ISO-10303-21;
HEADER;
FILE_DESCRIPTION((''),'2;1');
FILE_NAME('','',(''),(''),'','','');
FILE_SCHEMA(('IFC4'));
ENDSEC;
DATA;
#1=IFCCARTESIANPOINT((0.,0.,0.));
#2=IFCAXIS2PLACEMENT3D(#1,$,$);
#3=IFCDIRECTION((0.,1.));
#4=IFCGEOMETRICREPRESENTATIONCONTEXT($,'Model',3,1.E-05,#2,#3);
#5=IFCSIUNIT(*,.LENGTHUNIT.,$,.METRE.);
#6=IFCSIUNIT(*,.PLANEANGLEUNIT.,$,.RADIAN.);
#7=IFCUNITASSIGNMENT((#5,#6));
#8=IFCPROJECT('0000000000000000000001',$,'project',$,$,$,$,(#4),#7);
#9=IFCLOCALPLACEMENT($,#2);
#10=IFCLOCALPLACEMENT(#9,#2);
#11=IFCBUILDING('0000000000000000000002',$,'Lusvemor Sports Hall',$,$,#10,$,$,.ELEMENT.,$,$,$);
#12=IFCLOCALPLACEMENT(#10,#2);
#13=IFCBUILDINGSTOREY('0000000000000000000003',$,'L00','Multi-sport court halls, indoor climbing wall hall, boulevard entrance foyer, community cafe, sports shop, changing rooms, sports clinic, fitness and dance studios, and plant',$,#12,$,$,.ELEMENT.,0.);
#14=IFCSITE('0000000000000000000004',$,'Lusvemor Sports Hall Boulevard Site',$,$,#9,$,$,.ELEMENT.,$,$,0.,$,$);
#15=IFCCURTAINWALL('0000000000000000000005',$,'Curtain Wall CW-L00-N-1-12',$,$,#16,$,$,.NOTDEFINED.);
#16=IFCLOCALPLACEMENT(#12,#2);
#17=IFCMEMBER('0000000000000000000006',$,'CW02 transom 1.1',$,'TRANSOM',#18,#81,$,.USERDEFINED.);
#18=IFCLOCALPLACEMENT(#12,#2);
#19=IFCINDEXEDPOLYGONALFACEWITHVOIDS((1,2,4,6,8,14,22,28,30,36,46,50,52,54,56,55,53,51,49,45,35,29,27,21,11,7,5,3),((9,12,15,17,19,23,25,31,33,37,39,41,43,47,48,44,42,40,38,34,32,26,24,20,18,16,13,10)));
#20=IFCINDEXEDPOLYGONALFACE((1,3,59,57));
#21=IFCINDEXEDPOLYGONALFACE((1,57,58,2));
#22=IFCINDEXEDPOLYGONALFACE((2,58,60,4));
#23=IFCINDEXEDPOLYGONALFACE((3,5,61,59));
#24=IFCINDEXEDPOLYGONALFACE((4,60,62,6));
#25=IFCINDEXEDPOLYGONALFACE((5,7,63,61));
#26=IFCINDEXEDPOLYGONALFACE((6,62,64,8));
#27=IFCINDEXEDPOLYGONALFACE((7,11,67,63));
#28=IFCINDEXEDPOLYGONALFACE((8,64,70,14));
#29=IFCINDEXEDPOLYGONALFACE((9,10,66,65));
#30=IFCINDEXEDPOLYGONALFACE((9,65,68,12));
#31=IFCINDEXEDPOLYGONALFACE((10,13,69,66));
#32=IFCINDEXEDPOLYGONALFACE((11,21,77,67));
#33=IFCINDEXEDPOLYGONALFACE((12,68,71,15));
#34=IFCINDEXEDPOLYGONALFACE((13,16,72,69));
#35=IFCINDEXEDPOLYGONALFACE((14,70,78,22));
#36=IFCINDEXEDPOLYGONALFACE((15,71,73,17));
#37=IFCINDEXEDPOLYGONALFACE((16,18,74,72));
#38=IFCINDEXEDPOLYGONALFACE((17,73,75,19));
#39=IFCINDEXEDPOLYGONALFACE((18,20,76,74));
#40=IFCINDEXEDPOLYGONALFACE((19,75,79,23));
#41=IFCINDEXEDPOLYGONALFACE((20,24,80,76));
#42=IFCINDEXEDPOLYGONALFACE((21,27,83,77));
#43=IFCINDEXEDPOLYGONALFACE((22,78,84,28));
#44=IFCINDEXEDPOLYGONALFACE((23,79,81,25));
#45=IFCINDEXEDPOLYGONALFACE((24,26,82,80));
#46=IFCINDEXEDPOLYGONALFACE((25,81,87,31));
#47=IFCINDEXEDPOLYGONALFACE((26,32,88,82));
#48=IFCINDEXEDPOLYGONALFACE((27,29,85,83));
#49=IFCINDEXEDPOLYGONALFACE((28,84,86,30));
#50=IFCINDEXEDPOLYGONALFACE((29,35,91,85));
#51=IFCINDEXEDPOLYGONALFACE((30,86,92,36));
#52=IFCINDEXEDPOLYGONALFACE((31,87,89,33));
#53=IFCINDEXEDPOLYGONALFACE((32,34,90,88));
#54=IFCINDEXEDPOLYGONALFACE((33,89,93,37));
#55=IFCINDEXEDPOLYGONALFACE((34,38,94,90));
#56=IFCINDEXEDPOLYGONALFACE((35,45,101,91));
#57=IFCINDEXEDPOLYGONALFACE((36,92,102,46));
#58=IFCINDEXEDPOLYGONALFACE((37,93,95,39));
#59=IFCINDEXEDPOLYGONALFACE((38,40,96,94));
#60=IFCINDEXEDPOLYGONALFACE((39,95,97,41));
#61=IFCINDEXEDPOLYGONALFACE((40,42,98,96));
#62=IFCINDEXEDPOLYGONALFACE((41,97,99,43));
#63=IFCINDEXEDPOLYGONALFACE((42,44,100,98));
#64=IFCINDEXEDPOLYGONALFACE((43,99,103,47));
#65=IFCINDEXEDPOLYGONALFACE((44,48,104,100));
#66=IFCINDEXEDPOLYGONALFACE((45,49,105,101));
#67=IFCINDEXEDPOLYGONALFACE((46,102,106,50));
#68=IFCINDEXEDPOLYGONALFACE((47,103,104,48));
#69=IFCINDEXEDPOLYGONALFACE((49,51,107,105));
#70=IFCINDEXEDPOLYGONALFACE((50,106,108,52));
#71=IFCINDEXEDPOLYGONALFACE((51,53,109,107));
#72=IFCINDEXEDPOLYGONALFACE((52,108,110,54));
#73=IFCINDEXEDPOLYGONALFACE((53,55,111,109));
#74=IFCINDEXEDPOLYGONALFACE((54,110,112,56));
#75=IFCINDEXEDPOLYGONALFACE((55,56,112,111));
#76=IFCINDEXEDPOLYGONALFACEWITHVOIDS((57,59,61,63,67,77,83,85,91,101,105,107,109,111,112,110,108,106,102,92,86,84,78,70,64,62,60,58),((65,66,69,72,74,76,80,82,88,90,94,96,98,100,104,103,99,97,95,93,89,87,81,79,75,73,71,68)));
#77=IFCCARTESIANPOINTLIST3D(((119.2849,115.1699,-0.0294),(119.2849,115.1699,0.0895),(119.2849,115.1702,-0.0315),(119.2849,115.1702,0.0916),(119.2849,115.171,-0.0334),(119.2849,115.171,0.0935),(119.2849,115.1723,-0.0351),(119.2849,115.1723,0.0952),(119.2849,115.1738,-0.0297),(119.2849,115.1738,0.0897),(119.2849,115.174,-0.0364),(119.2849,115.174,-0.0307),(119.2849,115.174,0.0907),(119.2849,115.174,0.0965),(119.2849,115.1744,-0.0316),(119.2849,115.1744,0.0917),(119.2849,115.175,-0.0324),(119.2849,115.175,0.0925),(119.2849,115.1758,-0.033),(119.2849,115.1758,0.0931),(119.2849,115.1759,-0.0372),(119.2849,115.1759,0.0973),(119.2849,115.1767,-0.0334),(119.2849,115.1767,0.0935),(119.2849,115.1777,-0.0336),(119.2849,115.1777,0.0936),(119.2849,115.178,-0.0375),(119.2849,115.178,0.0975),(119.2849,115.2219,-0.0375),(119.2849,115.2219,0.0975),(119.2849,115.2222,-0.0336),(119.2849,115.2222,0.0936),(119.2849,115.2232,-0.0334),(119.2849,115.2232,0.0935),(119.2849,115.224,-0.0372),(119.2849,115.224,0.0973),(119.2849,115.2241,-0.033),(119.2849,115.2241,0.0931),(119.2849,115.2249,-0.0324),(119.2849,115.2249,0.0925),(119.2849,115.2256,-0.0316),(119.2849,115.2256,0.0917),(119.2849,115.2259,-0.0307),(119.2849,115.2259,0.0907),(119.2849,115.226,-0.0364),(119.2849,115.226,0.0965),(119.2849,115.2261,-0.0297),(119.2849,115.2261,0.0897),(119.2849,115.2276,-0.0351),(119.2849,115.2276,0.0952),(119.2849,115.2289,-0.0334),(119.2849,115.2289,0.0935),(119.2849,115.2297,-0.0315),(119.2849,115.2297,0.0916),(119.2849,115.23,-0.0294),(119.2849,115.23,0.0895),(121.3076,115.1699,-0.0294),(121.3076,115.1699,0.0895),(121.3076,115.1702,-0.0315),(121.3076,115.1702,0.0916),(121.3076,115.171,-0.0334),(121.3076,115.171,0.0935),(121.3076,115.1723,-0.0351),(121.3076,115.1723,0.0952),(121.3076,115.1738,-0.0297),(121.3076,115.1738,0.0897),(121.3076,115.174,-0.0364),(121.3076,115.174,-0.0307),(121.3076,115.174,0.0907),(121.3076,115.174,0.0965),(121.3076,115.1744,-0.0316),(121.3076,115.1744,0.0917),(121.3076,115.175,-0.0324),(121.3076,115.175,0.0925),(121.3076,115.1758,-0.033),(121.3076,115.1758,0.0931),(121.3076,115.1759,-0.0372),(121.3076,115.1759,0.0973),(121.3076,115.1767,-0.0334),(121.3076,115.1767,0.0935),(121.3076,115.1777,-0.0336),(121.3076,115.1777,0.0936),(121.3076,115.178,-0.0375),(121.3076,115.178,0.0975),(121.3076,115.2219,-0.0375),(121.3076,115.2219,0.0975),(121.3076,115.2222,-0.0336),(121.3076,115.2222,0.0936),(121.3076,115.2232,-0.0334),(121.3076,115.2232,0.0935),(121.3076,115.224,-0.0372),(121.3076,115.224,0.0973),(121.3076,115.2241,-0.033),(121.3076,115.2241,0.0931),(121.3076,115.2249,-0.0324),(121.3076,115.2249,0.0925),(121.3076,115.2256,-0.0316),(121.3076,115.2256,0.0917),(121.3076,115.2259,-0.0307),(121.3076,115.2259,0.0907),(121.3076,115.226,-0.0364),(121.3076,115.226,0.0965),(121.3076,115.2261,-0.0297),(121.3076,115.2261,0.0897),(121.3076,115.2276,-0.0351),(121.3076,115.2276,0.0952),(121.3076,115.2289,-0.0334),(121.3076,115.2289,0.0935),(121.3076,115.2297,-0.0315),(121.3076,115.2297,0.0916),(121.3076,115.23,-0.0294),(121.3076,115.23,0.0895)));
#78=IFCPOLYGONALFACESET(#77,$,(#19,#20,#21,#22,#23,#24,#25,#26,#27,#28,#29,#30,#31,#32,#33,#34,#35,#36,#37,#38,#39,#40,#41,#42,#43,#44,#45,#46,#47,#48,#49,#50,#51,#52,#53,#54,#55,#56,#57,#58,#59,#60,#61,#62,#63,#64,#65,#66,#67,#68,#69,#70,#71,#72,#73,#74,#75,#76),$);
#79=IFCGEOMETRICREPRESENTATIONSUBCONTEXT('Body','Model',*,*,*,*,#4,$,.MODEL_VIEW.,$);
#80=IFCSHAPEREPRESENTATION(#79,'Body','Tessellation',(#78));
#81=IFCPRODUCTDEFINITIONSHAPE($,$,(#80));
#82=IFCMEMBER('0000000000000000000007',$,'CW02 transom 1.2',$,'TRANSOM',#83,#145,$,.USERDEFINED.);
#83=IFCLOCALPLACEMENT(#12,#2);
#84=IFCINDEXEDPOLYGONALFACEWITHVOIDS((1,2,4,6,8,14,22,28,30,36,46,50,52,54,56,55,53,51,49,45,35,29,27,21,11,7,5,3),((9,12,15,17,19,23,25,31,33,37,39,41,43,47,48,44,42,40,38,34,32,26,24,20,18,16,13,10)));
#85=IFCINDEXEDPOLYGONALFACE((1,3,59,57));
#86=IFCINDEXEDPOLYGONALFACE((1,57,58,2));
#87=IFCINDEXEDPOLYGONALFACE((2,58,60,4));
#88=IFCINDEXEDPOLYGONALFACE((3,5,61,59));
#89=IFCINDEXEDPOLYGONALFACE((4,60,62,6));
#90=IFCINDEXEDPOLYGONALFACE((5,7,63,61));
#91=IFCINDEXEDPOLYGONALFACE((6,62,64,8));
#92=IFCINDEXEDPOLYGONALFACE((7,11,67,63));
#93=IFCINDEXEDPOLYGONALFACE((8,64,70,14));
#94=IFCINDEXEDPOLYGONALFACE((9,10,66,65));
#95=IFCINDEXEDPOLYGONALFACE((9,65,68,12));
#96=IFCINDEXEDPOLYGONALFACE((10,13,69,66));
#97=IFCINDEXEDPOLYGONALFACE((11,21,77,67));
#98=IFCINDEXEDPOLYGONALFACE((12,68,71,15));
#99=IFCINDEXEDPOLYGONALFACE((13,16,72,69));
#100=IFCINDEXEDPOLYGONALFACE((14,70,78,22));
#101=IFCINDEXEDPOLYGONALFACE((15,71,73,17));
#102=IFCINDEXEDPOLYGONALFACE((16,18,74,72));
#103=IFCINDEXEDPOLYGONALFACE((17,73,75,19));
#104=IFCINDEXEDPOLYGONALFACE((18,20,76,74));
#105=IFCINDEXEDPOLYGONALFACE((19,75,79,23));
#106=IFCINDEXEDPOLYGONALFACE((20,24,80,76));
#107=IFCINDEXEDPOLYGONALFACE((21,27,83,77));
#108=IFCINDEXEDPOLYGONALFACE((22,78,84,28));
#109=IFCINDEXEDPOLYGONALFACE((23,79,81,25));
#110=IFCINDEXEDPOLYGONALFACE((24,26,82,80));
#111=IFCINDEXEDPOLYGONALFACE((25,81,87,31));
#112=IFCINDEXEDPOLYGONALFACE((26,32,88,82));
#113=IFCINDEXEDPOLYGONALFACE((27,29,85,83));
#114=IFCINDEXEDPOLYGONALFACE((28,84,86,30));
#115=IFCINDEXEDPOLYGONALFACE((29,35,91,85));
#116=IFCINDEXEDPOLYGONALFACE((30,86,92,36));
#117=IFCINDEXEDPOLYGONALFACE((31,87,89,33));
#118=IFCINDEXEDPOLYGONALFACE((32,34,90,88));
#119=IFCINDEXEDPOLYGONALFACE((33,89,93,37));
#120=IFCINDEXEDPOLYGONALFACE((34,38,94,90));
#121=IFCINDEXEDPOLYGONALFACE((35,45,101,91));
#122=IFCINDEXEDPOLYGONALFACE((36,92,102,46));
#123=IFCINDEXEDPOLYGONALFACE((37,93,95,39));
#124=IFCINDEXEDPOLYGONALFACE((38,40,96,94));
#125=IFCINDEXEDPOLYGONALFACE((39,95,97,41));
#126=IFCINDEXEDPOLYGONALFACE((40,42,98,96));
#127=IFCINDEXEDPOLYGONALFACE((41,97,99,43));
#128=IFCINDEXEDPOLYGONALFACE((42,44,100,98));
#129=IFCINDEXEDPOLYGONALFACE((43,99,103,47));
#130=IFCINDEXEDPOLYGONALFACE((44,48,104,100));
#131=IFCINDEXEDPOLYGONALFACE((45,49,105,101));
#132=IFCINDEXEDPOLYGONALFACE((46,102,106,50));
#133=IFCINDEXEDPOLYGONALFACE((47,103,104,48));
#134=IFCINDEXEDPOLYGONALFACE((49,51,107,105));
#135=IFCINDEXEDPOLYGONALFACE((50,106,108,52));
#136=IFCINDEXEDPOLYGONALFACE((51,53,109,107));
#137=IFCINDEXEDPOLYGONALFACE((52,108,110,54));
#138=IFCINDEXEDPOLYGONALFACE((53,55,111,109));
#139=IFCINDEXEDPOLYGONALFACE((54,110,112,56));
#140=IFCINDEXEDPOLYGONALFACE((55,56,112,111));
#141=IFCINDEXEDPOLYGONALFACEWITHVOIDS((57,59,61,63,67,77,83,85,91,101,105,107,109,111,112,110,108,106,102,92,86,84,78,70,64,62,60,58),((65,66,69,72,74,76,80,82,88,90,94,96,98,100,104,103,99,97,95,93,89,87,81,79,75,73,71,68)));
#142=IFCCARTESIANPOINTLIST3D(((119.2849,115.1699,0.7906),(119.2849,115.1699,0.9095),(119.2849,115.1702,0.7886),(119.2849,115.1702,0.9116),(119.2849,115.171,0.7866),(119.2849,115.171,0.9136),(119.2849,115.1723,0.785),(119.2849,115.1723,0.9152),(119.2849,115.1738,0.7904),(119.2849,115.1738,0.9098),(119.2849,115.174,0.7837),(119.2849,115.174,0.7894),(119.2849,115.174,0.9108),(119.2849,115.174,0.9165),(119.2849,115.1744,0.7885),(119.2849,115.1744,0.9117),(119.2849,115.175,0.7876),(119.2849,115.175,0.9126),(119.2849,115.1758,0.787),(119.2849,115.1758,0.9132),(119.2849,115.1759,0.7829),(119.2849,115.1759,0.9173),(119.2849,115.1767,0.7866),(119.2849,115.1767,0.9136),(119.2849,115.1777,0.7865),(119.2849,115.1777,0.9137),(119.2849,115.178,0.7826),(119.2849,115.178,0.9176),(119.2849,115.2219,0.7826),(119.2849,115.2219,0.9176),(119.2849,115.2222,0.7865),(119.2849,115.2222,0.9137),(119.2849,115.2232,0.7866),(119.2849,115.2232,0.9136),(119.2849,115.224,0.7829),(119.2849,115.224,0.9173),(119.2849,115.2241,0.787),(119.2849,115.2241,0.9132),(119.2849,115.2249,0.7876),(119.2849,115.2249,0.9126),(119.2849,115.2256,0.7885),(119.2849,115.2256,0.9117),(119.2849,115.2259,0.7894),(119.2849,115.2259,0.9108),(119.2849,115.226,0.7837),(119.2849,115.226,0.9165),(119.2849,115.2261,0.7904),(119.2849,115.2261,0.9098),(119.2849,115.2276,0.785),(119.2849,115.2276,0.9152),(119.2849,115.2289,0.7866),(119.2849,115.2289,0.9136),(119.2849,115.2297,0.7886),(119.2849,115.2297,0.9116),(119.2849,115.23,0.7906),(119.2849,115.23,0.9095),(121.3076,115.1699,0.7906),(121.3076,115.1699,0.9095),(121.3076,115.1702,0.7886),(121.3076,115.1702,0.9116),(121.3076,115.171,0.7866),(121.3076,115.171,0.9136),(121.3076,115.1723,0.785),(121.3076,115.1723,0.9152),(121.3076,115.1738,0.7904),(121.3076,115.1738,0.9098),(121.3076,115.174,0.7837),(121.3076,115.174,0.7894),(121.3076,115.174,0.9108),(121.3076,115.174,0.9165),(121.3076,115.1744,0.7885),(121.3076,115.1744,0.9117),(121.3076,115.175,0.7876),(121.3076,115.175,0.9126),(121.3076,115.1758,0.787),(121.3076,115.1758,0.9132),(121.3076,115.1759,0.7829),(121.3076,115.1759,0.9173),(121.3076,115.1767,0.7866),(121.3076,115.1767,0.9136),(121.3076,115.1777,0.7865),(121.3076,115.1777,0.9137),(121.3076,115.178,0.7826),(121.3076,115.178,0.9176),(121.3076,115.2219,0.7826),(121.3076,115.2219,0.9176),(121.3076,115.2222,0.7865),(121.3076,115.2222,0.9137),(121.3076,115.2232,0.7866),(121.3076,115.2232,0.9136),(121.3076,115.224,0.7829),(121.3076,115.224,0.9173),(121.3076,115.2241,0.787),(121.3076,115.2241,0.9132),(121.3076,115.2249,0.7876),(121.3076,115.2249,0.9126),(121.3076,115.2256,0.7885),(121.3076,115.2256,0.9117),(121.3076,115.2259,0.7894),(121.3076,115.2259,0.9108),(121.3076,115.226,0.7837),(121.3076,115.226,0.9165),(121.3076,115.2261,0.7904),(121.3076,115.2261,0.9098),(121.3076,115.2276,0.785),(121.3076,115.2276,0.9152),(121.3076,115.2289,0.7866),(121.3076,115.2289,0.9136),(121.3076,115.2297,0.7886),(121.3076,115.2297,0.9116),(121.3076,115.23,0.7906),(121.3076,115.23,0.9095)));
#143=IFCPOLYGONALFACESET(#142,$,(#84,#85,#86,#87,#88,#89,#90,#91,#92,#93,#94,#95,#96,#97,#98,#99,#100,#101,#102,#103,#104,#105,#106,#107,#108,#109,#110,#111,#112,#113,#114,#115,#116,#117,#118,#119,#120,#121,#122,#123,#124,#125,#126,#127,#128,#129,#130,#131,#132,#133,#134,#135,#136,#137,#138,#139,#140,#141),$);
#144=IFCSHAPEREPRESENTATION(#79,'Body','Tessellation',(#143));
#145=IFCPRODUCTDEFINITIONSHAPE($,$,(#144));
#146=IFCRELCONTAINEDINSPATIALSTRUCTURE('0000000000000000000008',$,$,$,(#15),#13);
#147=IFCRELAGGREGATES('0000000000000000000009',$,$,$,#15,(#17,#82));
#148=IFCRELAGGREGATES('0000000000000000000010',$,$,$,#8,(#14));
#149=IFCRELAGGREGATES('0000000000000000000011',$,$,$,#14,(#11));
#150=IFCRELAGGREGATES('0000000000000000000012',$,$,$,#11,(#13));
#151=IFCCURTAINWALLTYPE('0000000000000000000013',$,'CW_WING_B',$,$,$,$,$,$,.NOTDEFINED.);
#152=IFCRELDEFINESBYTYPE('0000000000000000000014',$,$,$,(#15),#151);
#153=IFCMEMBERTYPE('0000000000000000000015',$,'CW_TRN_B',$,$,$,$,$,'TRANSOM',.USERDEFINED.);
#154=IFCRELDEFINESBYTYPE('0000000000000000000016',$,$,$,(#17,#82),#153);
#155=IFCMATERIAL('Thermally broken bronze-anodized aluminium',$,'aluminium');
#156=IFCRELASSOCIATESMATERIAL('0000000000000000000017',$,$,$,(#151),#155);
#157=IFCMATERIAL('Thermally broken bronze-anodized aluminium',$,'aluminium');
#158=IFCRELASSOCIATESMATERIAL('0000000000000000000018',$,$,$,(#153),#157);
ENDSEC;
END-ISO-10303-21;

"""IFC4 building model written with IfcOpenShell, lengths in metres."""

from ifc_helpers import new_model, si_unit, direction, frame, origin, origin_2d, place, context, subcontext, project, spatial, hollow_rectangle, extrude, material, material_profile, profile_set, type_object, element, aggregate, save


model = new_model("IFC4")

# Units and contexts
model_context = context("Model", 3, precision=1e-05, world=origin(), true_north=direction((0.0, 1.0)))
body_context = subcontext(model_context, "Body", "Model", "MODEL_VIEW")
ifc_project = project(units=[si_unit("LENGTHUNIT", "METRE"), si_unit("PLANEANGLEUNIT", "RADIAN")], contexts=[model_context])

# Site, building, storey
site_placement = place(None, origin())
site = spatial("IfcSite", under=ifc_project, at=site_placement, Name="Lusvemor Sports Hall Boulevard Site", CompositionType="ELEMENT", RefElevation=0.0)
building_placement = place(site_placement, origin())
building = spatial("IfcBuilding", under=site, at=building_placement, Name="Lusvemor Sports Hall", CompositionType="ELEMENT")
storey_placement = place(building_placement, origin())
storey = spatial("IfcBuildingStorey", under=building, at=storey_placement, Name="L00", Description="Multi-sport court halls, indoor climbing wall hall, boulevard entrance foyer, community cafe, sports shop, changing rooms, sports clinic, fitness and dance studios, and plant", CompositionType="ELEMENT", Elevation=0.0)

# Curtain wall, members
ifc_material_1 = material(Name="Thermally broken bronze-anodized aluminium", Category="aluminium")
curtain_wall_type = type_object("IfcCurtainWallType", Name="CW_WING_B", PredefinedType="NOTDEFINED", material=ifc_material_1)
curtain_wall_placement = place(storey_placement, origin())
curtain_wall = element("IfcCurtainWall", 1, at=curtain_wall_placement, inside=storey, type_object=curtain_wall_type, Name="Curtain Wall CW-L00-N-1-12", PredefinedType="NOTDEFINED")
ifc_material_2 = material(Name="Thermally broken bronze-anodized aluminium", Category="aluminium")
ifc_material_profile_1 = material_profile(ifc_material_2, hollow_rectangle(XDim=0.0601, YDim=0.135, WallThickness=0.0039, InnerFilletRadius=0.0039, OuterFilletRadius=0.0081, at=origin_2d()), Name="CWTRN135x60x4")
ifc_profile_set_1 = profile_set([ifc_material_profile_1], Name="Thermally broken bronze-anodized aluminium")
member_type_1 = type_object("IfcMemberType", Name="CW_TRN_B", ElementType="TRANSOM", PredefinedType="USERDEFINED", material=ifc_profile_set_1)
member_1_placement = place(storey_placement, frame((119.2849, 115.2, 0.03), z_axis=(1.0, 0.0, 0.0), x_axis=(0.0, 1.0, 0.0)))
member_1 = element("IfcMember", 2, at=member_1_placement, type_object=member_type_1, Name="CW02 transom 1.1", ObjectType="TRANSOM", PredefinedType="USERDEFINED", context=body_context, shape_type="SweptSolid", body=[
    extrude(hollow_rectangle(XDim=0.0601, YDim=0.135, WallThickness=0.0039, InnerFilletRadius=0.0039, OuterFilletRadius=0.0081, at=origin_2d()), origin(), (0.0, 0.0, 1.0), 2.0227),
])
member_2_placement = place(storey_placement, frame((119.2849, 115.2, 0.8501), z_axis=(1.0, 0.0, 0.0), x_axis=(0.0, 1.0, 0.0)))
member_2 = element("IfcMember", 3, at=member_2_placement, type_object=member_type_1, Name="CW02 transom 1.2", ObjectType="TRANSOM", PredefinedType="USERDEFINED", context=body_context, shape_type="SweptSolid", body=[
    extrude(hollow_rectangle(XDim=0.0601, YDim=0.135, WallThickness=0.0039, InnerFilletRadius=0.0039, OuterFilletRadius=0.0081, at=origin_2d()), origin(), (0.0, 0.0, 1.0), 2.0227),
])
aggregate(curtain_wall, [member_1, member_2])

save(model, "model.ifc")
